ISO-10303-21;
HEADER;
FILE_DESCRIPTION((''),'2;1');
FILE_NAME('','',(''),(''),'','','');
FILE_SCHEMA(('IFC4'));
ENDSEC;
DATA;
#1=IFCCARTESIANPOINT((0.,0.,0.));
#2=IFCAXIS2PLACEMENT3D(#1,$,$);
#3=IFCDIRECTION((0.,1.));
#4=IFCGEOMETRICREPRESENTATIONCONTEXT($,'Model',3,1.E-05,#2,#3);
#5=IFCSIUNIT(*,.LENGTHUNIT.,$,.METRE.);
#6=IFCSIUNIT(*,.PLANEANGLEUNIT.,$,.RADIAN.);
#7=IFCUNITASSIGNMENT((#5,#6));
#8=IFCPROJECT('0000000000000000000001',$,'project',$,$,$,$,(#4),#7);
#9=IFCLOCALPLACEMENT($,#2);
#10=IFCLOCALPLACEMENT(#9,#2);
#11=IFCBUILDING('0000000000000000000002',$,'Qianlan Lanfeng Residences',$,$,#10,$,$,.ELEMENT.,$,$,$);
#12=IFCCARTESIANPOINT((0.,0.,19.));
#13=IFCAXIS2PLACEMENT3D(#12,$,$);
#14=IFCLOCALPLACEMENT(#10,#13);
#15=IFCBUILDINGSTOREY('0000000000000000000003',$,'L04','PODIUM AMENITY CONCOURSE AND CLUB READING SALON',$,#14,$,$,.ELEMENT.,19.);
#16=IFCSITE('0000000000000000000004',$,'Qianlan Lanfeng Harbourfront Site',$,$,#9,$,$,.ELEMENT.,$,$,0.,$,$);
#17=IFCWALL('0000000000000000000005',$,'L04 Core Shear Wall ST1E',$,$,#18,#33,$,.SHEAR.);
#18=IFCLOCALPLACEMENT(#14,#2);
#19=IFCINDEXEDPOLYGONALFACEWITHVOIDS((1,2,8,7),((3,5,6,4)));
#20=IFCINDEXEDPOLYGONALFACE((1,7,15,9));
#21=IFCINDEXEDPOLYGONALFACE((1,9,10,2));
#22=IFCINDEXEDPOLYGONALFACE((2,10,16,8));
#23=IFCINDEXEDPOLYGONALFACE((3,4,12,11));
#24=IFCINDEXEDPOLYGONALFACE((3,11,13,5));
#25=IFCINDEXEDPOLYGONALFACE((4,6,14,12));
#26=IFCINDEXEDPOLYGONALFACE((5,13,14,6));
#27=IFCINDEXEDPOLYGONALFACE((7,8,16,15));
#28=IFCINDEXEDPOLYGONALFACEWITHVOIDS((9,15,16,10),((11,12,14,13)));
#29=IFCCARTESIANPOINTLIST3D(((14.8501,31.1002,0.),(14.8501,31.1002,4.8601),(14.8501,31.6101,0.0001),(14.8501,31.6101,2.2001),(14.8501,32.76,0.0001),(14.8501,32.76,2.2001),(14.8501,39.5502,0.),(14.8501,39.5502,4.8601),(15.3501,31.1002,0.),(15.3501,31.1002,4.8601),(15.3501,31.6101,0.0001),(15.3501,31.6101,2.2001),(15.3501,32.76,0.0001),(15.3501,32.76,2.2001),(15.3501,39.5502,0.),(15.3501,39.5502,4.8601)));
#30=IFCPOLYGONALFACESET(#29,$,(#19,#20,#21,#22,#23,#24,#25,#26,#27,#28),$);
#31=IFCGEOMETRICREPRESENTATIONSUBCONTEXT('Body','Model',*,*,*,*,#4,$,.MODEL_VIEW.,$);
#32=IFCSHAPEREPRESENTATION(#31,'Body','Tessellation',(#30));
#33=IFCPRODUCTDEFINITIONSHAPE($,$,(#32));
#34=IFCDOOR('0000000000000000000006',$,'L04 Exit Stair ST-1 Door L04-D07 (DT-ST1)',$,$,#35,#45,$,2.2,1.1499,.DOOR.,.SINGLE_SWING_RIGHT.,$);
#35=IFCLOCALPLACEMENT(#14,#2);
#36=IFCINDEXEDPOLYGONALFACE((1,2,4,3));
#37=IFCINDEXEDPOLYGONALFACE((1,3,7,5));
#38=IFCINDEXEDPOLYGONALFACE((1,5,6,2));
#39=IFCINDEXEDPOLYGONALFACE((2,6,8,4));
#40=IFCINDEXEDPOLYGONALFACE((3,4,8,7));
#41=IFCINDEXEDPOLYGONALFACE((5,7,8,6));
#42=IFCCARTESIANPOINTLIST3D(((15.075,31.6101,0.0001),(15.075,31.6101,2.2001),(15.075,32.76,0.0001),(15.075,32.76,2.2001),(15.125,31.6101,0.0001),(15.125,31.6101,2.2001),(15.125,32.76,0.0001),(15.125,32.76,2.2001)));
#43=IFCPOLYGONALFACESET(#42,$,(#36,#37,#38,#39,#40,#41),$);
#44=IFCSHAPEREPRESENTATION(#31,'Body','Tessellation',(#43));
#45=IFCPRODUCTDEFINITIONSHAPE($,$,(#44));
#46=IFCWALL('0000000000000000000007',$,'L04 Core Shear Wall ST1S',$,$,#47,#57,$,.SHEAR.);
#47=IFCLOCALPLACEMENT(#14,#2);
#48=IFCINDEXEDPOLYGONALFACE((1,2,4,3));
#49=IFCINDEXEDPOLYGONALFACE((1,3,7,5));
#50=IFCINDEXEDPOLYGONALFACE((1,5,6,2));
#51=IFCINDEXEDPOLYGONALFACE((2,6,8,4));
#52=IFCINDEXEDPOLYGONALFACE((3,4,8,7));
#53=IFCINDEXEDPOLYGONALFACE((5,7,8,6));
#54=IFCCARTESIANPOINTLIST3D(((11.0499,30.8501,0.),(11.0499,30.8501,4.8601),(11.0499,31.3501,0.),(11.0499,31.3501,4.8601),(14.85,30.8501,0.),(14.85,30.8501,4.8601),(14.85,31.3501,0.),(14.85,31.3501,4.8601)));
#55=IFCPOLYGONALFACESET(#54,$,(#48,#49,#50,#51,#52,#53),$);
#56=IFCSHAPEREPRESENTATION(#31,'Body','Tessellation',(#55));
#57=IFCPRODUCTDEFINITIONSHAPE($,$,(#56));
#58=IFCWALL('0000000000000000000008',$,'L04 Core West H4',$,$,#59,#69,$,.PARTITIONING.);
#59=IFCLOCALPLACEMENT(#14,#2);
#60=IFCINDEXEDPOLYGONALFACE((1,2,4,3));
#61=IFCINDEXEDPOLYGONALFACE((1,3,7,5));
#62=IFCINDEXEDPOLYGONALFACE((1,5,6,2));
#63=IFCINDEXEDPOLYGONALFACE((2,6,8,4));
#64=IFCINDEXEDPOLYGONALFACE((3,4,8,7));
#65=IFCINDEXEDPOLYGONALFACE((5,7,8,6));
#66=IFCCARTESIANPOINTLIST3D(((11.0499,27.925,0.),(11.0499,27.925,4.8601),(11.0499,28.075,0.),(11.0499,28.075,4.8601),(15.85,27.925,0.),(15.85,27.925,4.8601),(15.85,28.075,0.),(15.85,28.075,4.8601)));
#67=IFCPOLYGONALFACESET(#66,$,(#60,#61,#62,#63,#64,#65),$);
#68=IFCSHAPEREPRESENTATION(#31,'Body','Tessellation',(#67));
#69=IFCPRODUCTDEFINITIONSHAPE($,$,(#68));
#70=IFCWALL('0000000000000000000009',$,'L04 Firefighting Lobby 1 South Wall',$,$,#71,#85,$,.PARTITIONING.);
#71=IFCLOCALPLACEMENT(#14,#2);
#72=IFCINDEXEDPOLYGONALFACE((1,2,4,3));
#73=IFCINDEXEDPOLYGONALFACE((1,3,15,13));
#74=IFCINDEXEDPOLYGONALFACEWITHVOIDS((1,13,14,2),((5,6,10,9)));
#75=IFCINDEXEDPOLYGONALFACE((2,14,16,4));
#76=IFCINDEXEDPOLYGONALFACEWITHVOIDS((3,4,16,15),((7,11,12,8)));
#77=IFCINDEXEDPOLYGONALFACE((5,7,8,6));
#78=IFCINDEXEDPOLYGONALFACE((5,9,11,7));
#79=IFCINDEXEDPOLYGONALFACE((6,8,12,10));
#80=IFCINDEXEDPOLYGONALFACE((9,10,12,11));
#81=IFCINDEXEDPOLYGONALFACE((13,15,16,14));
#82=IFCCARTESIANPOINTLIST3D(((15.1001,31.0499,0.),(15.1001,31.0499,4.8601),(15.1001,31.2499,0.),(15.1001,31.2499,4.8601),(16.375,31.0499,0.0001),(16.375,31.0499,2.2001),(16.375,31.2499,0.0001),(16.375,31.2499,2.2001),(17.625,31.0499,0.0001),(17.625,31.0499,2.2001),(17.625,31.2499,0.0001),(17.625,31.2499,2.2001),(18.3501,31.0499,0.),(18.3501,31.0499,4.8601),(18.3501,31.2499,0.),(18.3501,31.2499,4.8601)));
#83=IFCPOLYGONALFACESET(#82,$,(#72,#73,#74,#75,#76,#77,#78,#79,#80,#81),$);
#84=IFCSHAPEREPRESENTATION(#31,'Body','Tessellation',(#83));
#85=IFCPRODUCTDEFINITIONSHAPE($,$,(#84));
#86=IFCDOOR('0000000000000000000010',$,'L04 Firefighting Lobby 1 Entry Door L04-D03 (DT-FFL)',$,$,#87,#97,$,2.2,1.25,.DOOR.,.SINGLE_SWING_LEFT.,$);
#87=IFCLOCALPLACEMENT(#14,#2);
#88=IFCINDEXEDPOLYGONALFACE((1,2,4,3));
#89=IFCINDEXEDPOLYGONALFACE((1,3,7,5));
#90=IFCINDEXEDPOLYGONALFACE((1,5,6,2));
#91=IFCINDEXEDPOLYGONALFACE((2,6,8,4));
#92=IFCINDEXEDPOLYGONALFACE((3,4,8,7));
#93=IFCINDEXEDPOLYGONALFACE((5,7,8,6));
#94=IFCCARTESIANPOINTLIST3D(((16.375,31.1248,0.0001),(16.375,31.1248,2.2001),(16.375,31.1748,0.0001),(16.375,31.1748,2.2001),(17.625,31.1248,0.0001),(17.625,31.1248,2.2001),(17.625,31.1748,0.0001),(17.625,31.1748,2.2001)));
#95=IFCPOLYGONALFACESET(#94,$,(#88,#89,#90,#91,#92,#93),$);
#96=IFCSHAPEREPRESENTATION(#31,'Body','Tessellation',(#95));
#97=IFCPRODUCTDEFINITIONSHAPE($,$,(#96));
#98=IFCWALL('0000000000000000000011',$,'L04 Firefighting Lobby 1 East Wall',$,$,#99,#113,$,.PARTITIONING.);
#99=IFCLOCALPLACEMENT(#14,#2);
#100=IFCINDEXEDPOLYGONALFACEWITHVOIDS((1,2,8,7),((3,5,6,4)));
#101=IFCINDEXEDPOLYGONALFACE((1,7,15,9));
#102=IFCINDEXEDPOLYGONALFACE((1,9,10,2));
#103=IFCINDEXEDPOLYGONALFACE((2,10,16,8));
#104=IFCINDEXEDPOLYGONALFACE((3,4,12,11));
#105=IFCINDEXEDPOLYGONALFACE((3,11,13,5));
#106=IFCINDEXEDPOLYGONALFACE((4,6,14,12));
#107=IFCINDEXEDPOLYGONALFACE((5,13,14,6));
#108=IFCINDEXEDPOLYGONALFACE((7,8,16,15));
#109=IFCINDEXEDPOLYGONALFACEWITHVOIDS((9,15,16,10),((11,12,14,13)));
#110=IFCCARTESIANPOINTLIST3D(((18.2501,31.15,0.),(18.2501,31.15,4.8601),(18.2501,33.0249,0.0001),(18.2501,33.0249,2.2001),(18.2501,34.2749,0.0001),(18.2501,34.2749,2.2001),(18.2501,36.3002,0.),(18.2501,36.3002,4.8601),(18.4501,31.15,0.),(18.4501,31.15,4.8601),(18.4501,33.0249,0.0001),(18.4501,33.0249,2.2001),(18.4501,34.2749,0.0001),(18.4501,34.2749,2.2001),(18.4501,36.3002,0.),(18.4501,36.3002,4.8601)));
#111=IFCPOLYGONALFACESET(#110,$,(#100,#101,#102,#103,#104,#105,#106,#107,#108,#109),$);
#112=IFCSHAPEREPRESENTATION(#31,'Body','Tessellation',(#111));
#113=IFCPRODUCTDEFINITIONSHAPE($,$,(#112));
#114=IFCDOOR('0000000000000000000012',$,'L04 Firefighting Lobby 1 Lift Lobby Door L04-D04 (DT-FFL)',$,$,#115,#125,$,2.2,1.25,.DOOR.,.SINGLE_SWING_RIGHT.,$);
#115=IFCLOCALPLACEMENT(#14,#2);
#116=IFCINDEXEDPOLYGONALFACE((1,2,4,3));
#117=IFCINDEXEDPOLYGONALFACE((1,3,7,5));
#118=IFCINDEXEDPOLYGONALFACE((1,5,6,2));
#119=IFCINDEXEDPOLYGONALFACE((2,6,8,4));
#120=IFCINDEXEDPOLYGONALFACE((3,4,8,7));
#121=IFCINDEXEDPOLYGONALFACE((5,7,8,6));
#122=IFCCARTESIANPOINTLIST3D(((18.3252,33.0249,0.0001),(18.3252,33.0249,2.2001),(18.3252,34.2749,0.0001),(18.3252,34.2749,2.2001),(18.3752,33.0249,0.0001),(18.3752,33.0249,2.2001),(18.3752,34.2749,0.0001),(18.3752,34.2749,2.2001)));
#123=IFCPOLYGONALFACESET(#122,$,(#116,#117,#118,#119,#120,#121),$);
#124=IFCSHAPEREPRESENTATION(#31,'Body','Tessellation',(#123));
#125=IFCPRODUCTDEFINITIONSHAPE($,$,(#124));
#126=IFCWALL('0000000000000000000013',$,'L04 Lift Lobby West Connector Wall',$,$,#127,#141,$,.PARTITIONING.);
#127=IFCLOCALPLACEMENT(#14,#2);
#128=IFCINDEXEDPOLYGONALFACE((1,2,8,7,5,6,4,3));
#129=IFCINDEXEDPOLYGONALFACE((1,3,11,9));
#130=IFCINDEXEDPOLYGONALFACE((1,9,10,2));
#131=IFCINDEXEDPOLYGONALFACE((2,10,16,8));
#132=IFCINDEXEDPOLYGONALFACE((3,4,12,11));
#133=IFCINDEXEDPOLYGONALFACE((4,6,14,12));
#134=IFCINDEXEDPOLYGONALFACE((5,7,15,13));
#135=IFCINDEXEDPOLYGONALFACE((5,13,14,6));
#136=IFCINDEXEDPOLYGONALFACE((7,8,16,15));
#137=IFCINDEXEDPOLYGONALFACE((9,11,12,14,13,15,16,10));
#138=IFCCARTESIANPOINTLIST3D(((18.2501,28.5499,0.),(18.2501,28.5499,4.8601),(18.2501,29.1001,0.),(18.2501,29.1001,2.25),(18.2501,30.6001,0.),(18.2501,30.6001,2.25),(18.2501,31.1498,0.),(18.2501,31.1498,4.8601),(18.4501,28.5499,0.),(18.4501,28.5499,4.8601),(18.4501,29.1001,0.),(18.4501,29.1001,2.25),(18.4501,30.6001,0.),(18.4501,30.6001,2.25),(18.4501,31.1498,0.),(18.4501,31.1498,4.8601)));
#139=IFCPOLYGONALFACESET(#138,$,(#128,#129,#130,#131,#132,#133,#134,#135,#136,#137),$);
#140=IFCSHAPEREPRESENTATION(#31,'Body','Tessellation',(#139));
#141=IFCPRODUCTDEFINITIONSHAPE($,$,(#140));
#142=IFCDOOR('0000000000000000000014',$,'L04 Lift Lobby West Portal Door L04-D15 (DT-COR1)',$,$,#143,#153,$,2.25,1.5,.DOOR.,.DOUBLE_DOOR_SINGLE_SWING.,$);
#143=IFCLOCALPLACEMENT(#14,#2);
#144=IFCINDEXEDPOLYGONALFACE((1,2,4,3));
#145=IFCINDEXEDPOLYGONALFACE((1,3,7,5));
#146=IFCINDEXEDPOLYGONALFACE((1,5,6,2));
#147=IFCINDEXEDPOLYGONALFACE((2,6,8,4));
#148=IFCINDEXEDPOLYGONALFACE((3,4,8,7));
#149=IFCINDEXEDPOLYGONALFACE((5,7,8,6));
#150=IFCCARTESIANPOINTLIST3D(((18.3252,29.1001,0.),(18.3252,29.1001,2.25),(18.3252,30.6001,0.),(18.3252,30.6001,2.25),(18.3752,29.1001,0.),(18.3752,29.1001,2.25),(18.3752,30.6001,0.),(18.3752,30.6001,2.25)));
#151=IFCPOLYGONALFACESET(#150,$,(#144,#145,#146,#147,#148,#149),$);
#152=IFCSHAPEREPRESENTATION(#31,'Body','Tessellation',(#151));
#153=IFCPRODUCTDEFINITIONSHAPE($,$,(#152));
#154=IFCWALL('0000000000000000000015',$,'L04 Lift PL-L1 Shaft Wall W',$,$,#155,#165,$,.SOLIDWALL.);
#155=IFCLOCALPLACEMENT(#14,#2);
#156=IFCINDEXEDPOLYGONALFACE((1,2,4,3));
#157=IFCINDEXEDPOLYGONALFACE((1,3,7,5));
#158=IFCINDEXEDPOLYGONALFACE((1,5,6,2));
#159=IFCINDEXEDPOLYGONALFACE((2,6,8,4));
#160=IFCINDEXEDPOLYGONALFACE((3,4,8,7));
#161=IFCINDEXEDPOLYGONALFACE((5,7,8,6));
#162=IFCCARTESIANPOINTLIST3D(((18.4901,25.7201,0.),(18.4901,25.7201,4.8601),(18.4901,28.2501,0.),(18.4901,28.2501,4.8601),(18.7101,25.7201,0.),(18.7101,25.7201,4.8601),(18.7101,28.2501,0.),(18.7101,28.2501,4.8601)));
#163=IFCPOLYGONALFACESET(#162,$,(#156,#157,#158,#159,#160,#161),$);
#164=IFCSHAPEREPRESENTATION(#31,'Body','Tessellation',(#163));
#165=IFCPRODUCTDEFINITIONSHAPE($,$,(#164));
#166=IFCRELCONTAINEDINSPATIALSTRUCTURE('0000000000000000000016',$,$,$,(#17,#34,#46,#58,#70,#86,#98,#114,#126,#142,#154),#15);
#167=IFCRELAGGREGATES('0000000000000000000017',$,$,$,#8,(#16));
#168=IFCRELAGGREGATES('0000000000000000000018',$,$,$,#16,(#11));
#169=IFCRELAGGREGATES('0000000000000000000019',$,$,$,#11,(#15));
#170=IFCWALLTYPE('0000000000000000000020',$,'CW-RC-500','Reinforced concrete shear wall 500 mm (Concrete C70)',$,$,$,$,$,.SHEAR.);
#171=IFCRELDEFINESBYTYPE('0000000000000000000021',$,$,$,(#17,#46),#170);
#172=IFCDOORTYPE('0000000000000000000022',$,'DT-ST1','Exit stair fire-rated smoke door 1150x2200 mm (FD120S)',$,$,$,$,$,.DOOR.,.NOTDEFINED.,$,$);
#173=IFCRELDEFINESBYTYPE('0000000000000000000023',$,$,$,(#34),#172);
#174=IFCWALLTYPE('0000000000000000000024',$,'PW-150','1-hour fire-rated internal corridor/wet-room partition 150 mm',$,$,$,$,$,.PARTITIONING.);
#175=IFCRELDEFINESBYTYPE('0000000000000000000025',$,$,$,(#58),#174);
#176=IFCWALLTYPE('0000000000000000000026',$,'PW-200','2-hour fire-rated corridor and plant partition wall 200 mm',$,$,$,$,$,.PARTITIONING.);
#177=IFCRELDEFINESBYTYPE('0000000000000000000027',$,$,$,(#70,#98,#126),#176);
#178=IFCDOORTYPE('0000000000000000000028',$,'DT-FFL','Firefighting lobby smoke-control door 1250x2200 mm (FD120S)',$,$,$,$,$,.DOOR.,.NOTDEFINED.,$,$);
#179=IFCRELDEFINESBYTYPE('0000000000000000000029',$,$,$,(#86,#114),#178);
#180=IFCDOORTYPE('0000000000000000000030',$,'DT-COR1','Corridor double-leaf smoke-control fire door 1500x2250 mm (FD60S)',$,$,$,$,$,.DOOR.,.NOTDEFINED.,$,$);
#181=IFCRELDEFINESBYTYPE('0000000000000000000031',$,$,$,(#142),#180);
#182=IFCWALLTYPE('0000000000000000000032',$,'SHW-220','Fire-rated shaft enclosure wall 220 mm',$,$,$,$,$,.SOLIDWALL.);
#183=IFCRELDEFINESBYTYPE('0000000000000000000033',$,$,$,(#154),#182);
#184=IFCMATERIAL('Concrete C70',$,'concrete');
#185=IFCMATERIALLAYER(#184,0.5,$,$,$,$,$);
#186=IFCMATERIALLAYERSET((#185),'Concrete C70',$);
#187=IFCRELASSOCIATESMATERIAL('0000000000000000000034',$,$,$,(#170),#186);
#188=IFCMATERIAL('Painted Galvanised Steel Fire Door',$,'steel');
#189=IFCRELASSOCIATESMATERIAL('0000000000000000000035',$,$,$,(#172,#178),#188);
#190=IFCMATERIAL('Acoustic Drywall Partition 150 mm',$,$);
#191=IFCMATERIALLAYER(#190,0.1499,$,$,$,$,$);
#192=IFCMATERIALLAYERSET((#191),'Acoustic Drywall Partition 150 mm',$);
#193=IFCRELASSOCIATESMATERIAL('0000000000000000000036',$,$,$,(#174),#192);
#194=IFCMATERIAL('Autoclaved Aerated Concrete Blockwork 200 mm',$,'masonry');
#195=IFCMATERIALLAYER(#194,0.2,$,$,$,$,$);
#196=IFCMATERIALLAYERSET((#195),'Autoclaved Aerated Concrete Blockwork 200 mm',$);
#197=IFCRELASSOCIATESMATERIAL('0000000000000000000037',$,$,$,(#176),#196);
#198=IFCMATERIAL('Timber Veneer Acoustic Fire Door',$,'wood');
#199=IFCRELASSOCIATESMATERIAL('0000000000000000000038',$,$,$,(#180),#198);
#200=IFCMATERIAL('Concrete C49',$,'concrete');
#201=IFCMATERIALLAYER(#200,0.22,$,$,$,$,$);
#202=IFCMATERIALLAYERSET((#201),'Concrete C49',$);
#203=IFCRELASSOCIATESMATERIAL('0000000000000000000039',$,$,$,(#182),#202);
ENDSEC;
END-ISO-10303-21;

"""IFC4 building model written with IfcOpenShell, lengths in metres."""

from ifc_helpers import new_model, si_unit, direction, frame, frame_2d, origin, place, context, subcontext, project, spatial, rectangle, extrude, material, layer, layer_set, type_object, element, fill, save


model = new_model("IFC4")

# Units and contexts
model_context = context("Model", 3, precision=1e-05, world=origin(), true_north=direction((0.0, 1.0)))
body_context = subcontext(model_context, "Body", "Model", "MODEL_VIEW")
ifc_project = project(units=[si_unit("LENGTHUNIT", "METRE"), si_unit("PLANEANGLEUNIT", "RADIAN")], contexts=[model_context])

# Site, building, storey
site_placement = place(None, origin())
site = spatial("IfcSite", under=ifc_project, at=site_placement, Name="Qianlan Lanfeng Harbourfront Site", CompositionType="ELEMENT", RefElevation=0.0)
building_placement = place(site_placement, origin())
building = spatial("IfcBuilding", under=site, at=building_placement, Name="Qianlan Lanfeng Residences", CompositionType="ELEMENT")
storey_placement = place(building_placement, frame((0.0, 0.0, 19.0)))
storey = spatial("IfcBuildingStorey", under=building, at=storey_placement, Name="L04", Description="PODIUM AMENITY CONCOURSE AND CLUB READING SALON", CompositionType="ELEMENT", Elevation=19.0)

# Wall, opening, door
ifc_material_1 = material(Name="Concrete C70", Category="concrete")
ifc_layer_1 = layer(ifc_material_1, 0.5)
ifc_layer_set_1 = layer_set([ifc_layer_1], Name="Concrete C70")
wall_type_1 = type_object("IfcWallType", Name="CW-RC-500", Description="Reinforced concrete shear wall 500 mm (Concrete C70)", PredefinedType="SHEAR", material=ifc_layer_set_1)
wall_1_placement = place(storey_placement, frame((15.1001, 31.1001, 0.0), z_axis=(0.0, 0.0, 1.0), x_axis=(0.0, 1.0, 0.0)))
wall_1 = element("IfcWall", 1, at=wall_1_placement, inside=storey, type_object=wall_type_1, Name="L04 Core Shear Wall ST1E", PredefinedType="SHEAR", context=body_context, shape_type="SweptSolid", body=[
    extrude(rectangle(XDim=8.45, YDim=0.5, at=frame_2d((4.2251, 0.0))), origin(), (0.0, 0.0, 1.0), 4.8601),
])
opening_1_placement = place(wall_1_placement, frame((0.51, 0.0, 0.0)))
opening_1 = element("IfcOpeningElement", 2, at=opening_1_placement, cuts=wall_1, PredefinedType="OPENING", context=body_context, shape_type="SweptSolid", body=[
    extrude(rectangle(XDim=1.1499, YDim=2.2, at=frame_2d((0.575, 1.1001))), frame((0.0, 0.26, 0.0), z_axis=(0.0, -1.0, 0.0), x_axis=(1.0, 0.0, 0.0)), (0.0, 0.0, 1.0), 0.52),
])
ifc_material_2 = material(Name="Painted Galvanised Steel Fire Door", Category="steel")
door_type_1 = type_object("IfcDoorType", Name="DT-ST1", Description="Exit stair fire-rated smoke door 1150x2200 mm (FD120S)", OperationType="NOTDEFINED", PredefinedType="DOOR", material=ifc_material_2)
door_1_placement = place(opening_1_placement, frame((1.1499, 0.0, 0.0), z_axis=(0.0, 0.0, 1.0), x_axis=(-1.0, 0.0, 0.0)))
door_1 = element("IfcDoor", 3, at=door_1_placement, inside=storey, type_object=door_type_1, Name="L04 Exit Stair ST-1 Door L04-D07 (DT-ST1)", OperationType="SINGLE_SWING_RIGHT", OverallHeight=2.2, OverallWidth=1.1499, PredefinedType="DOOR", context=body_context, shape_type="SweptSolid", body=[
    extrude(rectangle(XDim=1.1499, YDim=2.2, at=frame_2d((0.575, 1.1001))), frame((0.0, 0.0249, 0.0), z_axis=(0.0, -1.0, 0.0), x_axis=(1.0, 0.0, 0.0)), (0.0, 0.0, 1.0), 0.05),
])
fill(opening_1, door_1)

# Wall
wall_2_placement = place(storey_placement, frame((11.05, 31.1001, 0.0), z_axis=(0.0, 0.0, 1.0), x_axis=(1.0, 0.0, 0.0)))
element("IfcWall", 4, at=wall_2_placement, inside=storey, type_object=wall_type_1, Name="L04 Core Shear Wall ST1S", PredefinedType="SHEAR", context=body_context, shape_type="SweptSolid", body=[
    extrude(rectangle(XDim=3.8, YDim=0.5, at=frame_2d((1.8999, 0.0))), origin(), (0.0, 0.0, 1.0), 4.8601),
])

# Wall
ifc_material_3 = material(Name="Acoustic Drywall Partition 150 mm")
ifc_layer_2 = layer(ifc_material_3, 0.1499)
ifc_layer_set_2 = layer_set([ifc_layer_2], Name="Acoustic Drywall Partition 150 mm")
wall_type_2 = type_object("IfcWallType", Name="PW-150", Description="1-hour fire-rated internal corridor/wet-room partition 150 mm", PredefinedType="PARTITIONING", material=ifc_layer_set_2)
wall_3_placement = place(storey_placement, frame((11.05, 28.0, 0.0), z_axis=(0.0, 0.0, 1.0), x_axis=(1.0, 0.0, 0.0)))
element("IfcWall", 5, at=wall_3_placement, inside=storey, type_object=wall_type_2, Name="L04 Core West H4", PredefinedType="PARTITIONING", context=body_context, shape_type="SweptSolid", body=[
    extrude(rectangle(XDim=4.8, YDim=0.1499, at=frame_2d((2.3999, 0.0))), origin(), (0.0, 0.0, 1.0), 4.8601),
])

# Walls, openings, doors
ifc_material_4 = material(Name="Autoclaved Aerated Concrete Blockwork 200 mm", Category="masonry")
ifc_layer_3 = layer(ifc_material_4, 0.2)
ifc_layer_set_3 = layer_set([ifc_layer_3], Name="Autoclaved Aerated Concrete Blockwork 200 mm")
wall_type_3 = type_object("IfcWallType", Name="PW-200", Description="2-hour fire-rated corridor and plant partition wall 200 mm", PredefinedType="PARTITIONING", material=ifc_layer_set_3)
wall_4_placement = place(storey_placement, frame((15.1001, 31.1499, 0.0), z_axis=(0.0, 0.0, 1.0), x_axis=(1.0, 0.0, 0.0)))
wall_4 = element("IfcWall", 6, at=wall_4_placement, inside=storey, type_object=wall_type_3, Name="L04 Firefighting Lobby 1 South Wall", PredefinedType="PARTITIONING", context=body_context, shape_type="SweptSolid", body=[
    extrude(rectangle(XDim=3.25, YDim=0.2, at=frame_2d((1.625, 0.0))), origin(), (0.0, 0.0, 1.0), 4.8601),
])
opening_2_placement = place(wall_4_placement, frame((1.2749, 0.0, 0.0)))
opening_2 = element("IfcOpeningElement", 7, at=opening_2_placement, cuts=wall_4, PredefinedType="OPENING", context=body_context, shape_type="SweptSolid", body=[
    extrude(rectangle(XDim=1.25, YDim=2.2, at=frame_2d((0.625, 1.1001))), frame((0.0, 0.1099, 0.0), z_axis=(0.0, -1.0, 0.0), x_axis=(1.0, 0.0, 0.0)), (0.0, 0.0, 1.0), 0.22),
])
door_type_2 = type_object("IfcDoorType", Name="DT-FFL", Description="Firefighting lobby smoke-control door 1250x2200 mm (FD120S)", OperationType="NOTDEFINED", PredefinedType="DOOR", material=ifc_material_2)
door_2_placement = place(opening_2_placement, origin())
door_2 = element("IfcDoor", 8, at=door_2_placement, inside=storey, type_object=door_type_2, Name="L04 Firefighting Lobby 1 Entry Door L04-D03 (DT-FFL)", OperationType="SINGLE_SWING_LEFT", OverallHeight=2.2, OverallWidth=1.25, PredefinedType="DOOR", context=body_context, shape_type="SweptSolid", body=[
    extrude(rectangle(XDim=1.25, YDim=2.2, at=frame_2d((0.625, 1.1001))), frame((0.0, 0.0249, 0.0), z_axis=(0.0, -1.0, 0.0), x_axis=(1.0, 0.0, 0.0)), (0.0, 0.0, 1.0), 0.05),
])
fill(opening_2, door_2)
wall_5_placement = place(storey_placement, frame((18.3501, 31.1499, 0.0), z_axis=(0.0, 0.0, 1.0), x_axis=(0.0, 1.0, 0.0)))
wall_5 = element("IfcWall", 9, at=wall_5_placement, inside=storey, type_object=wall_type_3, Name="L04 Firefighting Lobby 1 East Wall", PredefinedType="PARTITIONING", context=body_context, shape_type="SweptSolid", body=[
    extrude(rectangle(XDim=5.1501, YDim=0.2, at=frame_2d((2.5752, 0.0))), origin(), (0.0, 0.0, 1.0), 4.8601),
])
opening_3_placement = place(wall_5_placement, frame((1.875, 0.0, 0.0)))
opening_3 = element("IfcOpeningElement", 10, at=opening_3_placement, cuts=wall_5, PredefinedType="OPENING", context=body_context, shape_type="SweptSolid", body=[
    extrude(rectangle(XDim=1.25, YDim=2.2, at=frame_2d((0.625, 1.1001))), frame((0.0, 0.1099, 0.0), z_axis=(0.0, -1.0, 0.0), x_axis=(1.0, 0.0, 0.0)), (0.0, 0.0, 1.0), 0.22),
])
door_3_placement = place(opening_3_placement, origin())
door_3 = element("IfcDoor", 11, at=door_3_placement, inside=storey, type_object=door_type_2, Name="L04 Firefighting Lobby 1 Lift Lobby Door L04-D04 (DT-FFL)", OperationType="SINGLE_SWING_RIGHT", OverallHeight=2.2, OverallWidth=1.25, PredefinedType="DOOR", context=body_context, shape_type="SweptSolid", body=[
    extrude(rectangle(XDim=1.25, YDim=2.2, at=frame_2d((0.625, 1.1001))), frame((0.0, 0.0249, 0.0), z_axis=(0.0, -1.0, 0.0), x_axis=(1.0, 0.0, 0.0)), (0.0, 0.0, 1.0), 0.05),
])
fill(opening_3, door_3)
wall_6_placement = place(storey_placement, frame((18.3501, 28.55, 0.0), z_axis=(0.0, 0.0, 1.0), x_axis=(0.0, 1.0, 0.0)))
wall_6 = element("IfcWall", 12, at=wall_6_placement, inside=storey, type_object=wall_type_3, Name="L04 Lift Lobby West Connector Wall", PredefinedType="PARTITIONING", context=body_context, shape_type="SweptSolid", body=[
    extrude(rectangle(XDim=2.5999, YDim=0.2, at=frame_2d((1.2998, 0.0))), origin(), (0.0, 0.0, 1.0), 4.8601),
])
opening_4_placement = place(wall_6_placement, frame((0.55, 0.0, 0.0)))
opening_4 = element("IfcOpeningElement", 13, at=opening_4_placement, cuts=wall_6, PredefinedType="OPENING", context=body_context, shape_type="SweptSolid", body=[
    extrude(rectangle(XDim=1.5, YDim=2.25, at=frame_2d((0.75, 1.125))), frame((0.0, 0.1099, 0.0), z_axis=(0.0, -1.0, 0.0), x_axis=(1.0, 0.0, 0.0)), (0.0, 0.0, 1.0), 0.22),
])
ifc_material_5 = material(Name="Timber Veneer Acoustic Fire Door", Category="wood")
door_type_3 = type_object("IfcDoorType", Name="DT-COR1", Description="Corridor double-leaf smoke-control fire door 1500x2250 mm (FD60S)", OperationType="NOTDEFINED", PredefinedType="DOOR", material=ifc_material_5)
door_4_placement = place(opening_4_placement, origin())
door_4 = element("IfcDoor", 14, at=door_4_placement, inside=storey, type_object=door_type_3, Name="L04 Lift Lobby West Portal Door L04-D15 (DT-COR1)", OperationType="DOUBLE_DOOR_SINGLE_SWING", OverallHeight=2.25, OverallWidth=1.5, PredefinedType="DOOR", context=body_context, shape_type="SweptSolid", body=[
    extrude(rectangle(XDim=1.5, YDim=2.25, at=frame_2d((0.75, 1.125))), frame((0.0, 0.0249, 0.0), z_axis=(0.0, -1.0, 0.0), x_axis=(1.0, 0.0, 0.0)), (0.0, 0.0, 1.0), 0.05),
])
fill(opening_4, door_4)

# Wall
ifc_material_6 = material(Name="Concrete C49", Category="concrete")
ifc_layer_4 = layer(ifc_material_6, 0.22)
ifc_layer_set_4 = layer_set([ifc_layer_4], Name="Concrete C49")
wall_type_4 = type_object("IfcWallType", Name="SHW-220", Description="Fire-rated shaft enclosure wall 220 mm", PredefinedType="SOLIDWALL", material=ifc_layer_set_4)
wall_7_placement = place(storey_placement, frame((18.6001, 25.72, 0.0), z_axis=(0.0, 0.0, 1.0), x_axis=(0.0, 1.0, 0.0)))
element("IfcWall", 15, at=wall_7_placement, inside=storey, type_object=wall_type_4, Name="L04 Lift PL-L1 Shaft Wall W", PredefinedType="SOLIDWALL", context=body_context, shape_type="SweptSolid", body=[
    extrude(rectangle(XDim=2.53, YDim=0.22, at=frame_2d((1.2651, 0.0))), origin(), (0.0, 0.0, 1.0), 4.8601),
])

save(model, "model.ifc")
